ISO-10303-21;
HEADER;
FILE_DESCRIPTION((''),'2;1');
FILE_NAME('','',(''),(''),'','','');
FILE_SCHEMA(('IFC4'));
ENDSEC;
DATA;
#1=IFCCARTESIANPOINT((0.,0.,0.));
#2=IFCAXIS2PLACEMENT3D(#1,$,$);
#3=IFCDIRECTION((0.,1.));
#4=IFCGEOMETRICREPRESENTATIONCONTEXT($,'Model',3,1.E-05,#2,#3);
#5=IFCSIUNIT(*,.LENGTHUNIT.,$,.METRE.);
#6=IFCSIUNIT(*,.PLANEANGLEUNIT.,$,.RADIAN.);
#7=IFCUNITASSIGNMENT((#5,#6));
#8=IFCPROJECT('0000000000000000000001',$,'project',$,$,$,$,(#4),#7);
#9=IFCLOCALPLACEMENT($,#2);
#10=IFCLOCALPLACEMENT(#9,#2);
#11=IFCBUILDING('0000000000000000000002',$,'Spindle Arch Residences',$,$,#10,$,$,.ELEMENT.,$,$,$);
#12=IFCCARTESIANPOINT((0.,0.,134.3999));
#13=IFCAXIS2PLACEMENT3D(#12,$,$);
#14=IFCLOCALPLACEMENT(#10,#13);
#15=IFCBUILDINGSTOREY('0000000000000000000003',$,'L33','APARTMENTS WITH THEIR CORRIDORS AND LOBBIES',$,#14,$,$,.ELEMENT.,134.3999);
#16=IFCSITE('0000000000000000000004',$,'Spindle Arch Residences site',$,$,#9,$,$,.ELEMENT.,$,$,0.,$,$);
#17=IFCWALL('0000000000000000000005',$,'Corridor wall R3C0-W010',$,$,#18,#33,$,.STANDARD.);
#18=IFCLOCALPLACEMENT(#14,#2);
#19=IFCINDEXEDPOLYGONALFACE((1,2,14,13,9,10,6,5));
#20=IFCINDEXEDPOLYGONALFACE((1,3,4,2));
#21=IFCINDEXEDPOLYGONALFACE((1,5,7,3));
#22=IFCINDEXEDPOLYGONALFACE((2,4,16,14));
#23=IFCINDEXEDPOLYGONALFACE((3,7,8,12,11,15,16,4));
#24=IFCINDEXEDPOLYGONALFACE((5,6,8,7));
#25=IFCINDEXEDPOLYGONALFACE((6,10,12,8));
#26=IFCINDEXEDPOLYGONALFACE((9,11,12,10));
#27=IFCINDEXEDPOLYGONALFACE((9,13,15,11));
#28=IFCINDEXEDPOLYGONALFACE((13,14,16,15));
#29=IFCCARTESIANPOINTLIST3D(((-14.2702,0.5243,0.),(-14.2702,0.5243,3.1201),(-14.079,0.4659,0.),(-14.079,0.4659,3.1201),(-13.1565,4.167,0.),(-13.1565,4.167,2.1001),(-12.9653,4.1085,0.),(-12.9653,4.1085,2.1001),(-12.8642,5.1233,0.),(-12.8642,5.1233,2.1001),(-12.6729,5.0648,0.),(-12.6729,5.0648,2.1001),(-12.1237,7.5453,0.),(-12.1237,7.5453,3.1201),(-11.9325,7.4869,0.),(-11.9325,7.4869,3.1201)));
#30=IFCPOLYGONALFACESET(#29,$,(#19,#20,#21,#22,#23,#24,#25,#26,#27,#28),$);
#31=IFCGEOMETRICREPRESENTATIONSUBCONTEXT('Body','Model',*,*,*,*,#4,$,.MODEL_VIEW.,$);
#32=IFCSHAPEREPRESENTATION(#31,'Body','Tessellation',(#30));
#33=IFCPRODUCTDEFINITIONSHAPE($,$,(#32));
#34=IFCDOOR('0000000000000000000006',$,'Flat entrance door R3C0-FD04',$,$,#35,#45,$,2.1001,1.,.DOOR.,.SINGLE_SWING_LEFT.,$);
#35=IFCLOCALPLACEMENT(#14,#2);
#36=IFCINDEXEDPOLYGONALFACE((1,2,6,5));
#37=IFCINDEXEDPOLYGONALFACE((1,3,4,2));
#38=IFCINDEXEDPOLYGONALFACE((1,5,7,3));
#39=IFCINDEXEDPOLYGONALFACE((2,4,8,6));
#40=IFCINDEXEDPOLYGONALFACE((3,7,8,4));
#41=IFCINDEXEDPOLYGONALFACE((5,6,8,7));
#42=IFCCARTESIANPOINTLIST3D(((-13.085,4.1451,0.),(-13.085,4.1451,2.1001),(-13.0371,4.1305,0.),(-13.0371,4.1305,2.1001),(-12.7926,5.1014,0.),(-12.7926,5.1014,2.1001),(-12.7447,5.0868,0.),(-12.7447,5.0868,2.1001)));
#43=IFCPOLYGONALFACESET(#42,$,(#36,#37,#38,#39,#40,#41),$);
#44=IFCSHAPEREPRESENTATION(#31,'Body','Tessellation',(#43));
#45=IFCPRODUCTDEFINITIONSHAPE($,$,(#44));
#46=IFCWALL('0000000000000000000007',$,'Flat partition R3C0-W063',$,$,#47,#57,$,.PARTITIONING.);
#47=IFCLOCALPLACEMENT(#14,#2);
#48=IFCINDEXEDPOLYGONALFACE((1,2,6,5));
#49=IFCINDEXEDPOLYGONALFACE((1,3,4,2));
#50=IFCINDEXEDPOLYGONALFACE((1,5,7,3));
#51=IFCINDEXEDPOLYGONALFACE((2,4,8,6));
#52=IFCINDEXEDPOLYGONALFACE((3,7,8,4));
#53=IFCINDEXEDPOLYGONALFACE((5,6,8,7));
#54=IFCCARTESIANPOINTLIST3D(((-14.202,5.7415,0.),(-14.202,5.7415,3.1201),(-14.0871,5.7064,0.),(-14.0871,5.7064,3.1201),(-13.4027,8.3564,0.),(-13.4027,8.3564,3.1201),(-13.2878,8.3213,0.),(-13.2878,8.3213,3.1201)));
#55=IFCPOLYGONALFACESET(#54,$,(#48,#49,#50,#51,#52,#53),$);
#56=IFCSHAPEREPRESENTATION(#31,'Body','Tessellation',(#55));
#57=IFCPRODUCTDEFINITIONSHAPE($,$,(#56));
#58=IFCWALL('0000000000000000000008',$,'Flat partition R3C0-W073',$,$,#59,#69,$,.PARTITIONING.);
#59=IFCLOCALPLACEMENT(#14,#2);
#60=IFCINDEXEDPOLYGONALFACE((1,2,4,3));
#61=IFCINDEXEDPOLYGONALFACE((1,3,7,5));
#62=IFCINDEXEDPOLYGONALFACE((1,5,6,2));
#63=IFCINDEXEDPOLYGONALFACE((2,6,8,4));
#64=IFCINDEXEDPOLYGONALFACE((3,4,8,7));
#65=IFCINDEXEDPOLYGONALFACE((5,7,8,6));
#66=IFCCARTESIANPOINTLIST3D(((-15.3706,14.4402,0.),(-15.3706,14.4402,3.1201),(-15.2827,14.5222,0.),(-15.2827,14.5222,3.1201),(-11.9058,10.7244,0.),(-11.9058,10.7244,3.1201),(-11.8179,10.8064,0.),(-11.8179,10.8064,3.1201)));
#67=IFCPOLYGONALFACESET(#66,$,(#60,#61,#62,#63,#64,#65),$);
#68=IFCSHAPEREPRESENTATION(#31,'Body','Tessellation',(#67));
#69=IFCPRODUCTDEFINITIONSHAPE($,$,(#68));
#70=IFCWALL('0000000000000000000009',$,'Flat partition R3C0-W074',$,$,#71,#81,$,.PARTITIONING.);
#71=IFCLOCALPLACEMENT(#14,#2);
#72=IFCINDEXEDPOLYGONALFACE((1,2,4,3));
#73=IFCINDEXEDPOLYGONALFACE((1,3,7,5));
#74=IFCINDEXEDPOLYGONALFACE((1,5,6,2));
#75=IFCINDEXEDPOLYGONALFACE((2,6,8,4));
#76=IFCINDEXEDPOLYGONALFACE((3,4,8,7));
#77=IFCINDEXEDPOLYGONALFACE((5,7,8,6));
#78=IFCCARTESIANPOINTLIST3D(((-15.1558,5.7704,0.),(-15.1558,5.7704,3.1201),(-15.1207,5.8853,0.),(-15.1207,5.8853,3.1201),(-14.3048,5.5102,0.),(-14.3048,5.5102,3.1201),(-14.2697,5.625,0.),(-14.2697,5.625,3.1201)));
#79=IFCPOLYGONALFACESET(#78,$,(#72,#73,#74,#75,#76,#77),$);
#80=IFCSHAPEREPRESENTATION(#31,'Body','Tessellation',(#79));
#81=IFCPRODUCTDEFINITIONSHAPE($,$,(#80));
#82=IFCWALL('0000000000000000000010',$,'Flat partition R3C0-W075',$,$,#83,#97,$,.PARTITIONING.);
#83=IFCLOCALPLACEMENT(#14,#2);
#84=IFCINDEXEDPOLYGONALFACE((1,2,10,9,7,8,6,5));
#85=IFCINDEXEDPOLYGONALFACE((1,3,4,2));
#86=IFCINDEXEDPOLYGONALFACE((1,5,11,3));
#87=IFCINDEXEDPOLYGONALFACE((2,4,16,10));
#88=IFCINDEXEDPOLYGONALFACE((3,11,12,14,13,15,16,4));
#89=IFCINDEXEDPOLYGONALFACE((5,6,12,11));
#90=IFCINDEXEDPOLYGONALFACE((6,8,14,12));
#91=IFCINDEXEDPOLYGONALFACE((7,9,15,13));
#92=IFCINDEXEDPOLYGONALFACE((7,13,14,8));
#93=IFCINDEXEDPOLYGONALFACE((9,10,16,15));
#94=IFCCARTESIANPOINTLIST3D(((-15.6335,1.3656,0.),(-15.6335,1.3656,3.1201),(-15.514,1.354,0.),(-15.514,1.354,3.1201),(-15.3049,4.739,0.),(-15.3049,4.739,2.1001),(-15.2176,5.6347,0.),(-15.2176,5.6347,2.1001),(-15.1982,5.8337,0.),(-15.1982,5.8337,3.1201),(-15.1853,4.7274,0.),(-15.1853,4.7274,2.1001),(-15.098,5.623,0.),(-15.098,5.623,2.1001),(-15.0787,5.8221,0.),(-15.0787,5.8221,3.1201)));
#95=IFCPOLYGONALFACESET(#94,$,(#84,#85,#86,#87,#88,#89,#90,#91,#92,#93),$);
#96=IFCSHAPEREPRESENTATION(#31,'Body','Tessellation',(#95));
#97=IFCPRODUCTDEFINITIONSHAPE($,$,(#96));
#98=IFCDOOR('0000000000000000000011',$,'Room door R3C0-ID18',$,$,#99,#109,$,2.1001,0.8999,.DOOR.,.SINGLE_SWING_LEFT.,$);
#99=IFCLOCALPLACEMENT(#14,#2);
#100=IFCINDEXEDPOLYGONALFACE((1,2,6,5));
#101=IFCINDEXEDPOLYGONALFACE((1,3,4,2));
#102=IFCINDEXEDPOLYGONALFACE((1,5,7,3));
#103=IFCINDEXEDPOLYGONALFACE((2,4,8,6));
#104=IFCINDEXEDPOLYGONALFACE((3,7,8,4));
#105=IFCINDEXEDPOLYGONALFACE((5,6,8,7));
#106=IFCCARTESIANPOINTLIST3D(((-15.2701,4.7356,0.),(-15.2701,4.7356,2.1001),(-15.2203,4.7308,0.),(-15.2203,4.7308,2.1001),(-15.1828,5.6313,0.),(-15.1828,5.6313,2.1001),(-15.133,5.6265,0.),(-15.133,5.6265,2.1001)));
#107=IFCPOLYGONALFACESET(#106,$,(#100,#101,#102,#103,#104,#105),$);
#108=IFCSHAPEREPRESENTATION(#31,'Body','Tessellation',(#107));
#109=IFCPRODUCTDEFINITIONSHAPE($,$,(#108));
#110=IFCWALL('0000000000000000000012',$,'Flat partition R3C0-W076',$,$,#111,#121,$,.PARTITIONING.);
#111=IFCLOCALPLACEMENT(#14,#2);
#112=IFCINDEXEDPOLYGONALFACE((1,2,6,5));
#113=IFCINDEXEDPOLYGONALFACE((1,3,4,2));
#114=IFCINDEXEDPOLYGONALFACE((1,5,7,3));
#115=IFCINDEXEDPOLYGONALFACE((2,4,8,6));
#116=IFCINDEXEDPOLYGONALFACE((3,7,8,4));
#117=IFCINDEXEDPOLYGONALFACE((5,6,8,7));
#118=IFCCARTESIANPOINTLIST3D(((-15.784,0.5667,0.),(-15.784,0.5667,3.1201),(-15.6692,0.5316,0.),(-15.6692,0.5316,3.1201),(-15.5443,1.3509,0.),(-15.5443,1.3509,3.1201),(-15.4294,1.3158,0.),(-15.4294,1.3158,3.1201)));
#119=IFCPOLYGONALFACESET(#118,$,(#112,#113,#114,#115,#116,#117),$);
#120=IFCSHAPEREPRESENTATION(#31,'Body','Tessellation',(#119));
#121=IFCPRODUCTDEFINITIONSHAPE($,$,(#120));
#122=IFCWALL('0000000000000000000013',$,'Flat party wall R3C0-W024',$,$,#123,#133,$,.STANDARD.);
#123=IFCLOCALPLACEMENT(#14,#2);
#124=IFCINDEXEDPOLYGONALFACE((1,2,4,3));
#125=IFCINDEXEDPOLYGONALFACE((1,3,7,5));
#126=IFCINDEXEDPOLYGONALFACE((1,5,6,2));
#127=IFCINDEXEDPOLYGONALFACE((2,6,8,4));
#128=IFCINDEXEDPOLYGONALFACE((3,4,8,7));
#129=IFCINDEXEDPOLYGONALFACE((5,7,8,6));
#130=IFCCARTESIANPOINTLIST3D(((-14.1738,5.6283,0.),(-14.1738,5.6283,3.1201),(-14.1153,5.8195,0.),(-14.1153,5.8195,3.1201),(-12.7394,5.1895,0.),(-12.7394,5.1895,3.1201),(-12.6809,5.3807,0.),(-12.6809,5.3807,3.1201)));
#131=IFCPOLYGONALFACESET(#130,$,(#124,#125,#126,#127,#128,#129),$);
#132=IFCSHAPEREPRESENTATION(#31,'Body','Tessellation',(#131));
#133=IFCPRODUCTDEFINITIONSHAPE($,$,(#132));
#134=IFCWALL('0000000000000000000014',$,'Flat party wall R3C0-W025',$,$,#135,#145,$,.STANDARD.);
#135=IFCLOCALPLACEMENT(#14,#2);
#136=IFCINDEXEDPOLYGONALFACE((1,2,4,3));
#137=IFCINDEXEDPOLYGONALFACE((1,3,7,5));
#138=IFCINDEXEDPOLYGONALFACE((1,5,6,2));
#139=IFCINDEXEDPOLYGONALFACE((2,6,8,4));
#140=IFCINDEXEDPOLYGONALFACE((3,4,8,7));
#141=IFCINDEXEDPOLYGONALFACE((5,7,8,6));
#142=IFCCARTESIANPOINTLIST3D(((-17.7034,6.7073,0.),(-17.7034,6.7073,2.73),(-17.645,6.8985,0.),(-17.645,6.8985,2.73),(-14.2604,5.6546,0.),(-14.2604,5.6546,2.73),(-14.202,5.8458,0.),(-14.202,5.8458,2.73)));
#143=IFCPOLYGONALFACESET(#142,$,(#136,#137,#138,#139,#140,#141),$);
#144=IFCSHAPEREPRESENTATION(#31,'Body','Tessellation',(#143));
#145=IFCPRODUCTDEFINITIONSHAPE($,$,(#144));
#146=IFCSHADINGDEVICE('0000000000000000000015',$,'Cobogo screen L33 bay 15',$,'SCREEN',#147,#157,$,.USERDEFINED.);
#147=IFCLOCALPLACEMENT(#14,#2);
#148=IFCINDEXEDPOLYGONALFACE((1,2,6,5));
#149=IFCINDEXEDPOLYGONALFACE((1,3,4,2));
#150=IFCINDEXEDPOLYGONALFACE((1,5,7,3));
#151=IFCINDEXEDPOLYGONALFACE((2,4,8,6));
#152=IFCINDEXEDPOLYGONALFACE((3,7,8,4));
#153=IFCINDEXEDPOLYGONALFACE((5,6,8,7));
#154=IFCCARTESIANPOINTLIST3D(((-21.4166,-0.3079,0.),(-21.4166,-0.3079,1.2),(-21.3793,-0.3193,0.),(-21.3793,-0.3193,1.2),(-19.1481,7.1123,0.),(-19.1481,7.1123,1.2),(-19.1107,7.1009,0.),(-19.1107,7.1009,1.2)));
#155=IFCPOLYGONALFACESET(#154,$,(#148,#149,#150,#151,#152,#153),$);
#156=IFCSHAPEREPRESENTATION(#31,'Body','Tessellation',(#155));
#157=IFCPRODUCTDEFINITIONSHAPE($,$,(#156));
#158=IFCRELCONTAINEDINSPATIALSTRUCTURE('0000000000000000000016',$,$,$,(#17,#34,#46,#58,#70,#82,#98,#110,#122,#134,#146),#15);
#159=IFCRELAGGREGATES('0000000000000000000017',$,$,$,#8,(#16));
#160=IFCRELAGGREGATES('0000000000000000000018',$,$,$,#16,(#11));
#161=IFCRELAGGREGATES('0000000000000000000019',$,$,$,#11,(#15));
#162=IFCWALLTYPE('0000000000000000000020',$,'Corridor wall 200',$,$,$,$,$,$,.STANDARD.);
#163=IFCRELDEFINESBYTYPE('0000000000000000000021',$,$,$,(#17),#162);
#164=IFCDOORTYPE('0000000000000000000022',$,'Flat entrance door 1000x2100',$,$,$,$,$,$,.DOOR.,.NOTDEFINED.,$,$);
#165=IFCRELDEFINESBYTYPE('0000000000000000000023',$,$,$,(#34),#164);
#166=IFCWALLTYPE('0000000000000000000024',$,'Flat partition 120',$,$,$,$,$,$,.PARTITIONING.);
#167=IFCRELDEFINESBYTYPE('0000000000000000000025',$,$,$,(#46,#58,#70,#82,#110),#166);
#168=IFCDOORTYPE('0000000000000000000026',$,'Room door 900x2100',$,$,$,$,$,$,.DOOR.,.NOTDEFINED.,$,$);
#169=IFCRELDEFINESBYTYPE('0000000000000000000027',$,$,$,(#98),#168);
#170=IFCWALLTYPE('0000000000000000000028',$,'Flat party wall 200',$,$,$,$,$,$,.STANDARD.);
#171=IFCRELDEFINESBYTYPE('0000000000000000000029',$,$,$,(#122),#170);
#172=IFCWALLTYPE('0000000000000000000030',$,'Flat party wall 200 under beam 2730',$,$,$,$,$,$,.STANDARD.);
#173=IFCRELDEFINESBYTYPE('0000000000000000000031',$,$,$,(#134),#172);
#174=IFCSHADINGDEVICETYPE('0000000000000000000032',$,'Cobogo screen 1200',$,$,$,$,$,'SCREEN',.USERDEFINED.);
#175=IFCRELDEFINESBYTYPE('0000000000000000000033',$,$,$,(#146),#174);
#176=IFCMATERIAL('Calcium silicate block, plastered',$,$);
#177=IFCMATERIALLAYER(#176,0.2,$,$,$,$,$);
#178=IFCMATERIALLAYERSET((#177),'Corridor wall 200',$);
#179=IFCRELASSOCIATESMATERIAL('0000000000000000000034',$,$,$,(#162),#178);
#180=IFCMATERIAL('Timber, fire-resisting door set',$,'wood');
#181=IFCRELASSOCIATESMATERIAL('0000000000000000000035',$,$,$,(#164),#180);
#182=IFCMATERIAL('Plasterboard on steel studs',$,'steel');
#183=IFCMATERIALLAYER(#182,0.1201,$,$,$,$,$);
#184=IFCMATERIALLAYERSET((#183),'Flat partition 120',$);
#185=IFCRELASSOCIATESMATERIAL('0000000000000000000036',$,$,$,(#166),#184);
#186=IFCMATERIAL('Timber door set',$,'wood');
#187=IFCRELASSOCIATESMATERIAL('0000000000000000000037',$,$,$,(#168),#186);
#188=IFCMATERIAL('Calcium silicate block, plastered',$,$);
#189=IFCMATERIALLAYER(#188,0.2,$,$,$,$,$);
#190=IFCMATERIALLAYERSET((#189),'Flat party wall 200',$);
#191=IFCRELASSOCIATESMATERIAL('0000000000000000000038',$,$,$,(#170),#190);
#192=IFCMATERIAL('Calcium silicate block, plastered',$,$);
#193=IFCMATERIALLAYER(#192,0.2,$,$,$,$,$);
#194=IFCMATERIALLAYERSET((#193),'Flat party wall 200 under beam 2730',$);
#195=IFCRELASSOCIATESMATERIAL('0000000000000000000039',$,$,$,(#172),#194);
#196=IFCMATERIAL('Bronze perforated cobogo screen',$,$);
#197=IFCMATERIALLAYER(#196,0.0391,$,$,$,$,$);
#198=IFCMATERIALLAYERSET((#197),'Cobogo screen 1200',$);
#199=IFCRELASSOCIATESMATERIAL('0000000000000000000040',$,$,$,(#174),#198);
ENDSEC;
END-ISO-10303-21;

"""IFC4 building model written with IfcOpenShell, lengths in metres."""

from ifc_helpers import new_model, si_unit, direction, frame, frame_2d, origin, origin_2d, place, context, subcontext, project, spatial, rectangle, extrude, material, layer, layer_set, type_object, element, fill, save


model = new_model("IFC4")

# Units and contexts
model_context = context("Model", 3, precision=1e-05, world=origin(), true_north=direction((0.0, 1.0)))
body_context = subcontext(model_context, "Body", "Model", "MODEL_VIEW")
ifc_project = project(units=[si_unit("LENGTHUNIT", "METRE"), si_unit("PLANEANGLEUNIT", "RADIAN")], contexts=[model_context])

# Site, building, storey
site_placement = place(None, origin())
site = spatial("IfcSite", under=ifc_project, at=site_placement, Name="Spindle Arch Residences site", CompositionType="ELEMENT", RefElevation=0.0)
building_placement = place(site_placement, origin())
building = spatial("IfcBuilding", under=site, at=building_placement, Name="Spindle Arch Residences", CompositionType="ELEMENT")
storey_placement = place(building_placement, frame((0.0, 0.0, 134.3999)))
storey = spatial("IfcBuildingStorey", under=building, at=storey_placement, Name="L33", Description="APARTMENTS WITH THEIR CORRIDORS AND LOBBIES", CompositionType="ELEMENT", Elevation=134.3999)

# Wall, opening, door
ifc_material_1 = material(Name="Calcium silicate block, plastered")
ifc_layer_1 = layer(ifc_material_1, 0.2)
ifc_layer_set_1 = layer_set([ifc_layer_1], Name="Corridor wall 200")
wall_type_1 = type_object("IfcWallType", Name="Corridor wall 200", PredefinedType="STANDARD", material=ifc_layer_set_1)
wall_1_placement = place(storey_placement, frame((-12.0281, 7.5161, 0.0), z_axis=(0.0, 0.0, 1.0), x_axis=(-0.292366, -0.956307, 0.0)))
wall_1 = element("IfcWall", 1, at=wall_1_placement, inside=storey, type_object=wall_type_1, Name="Corridor wall R3C0-W010", PredefinedType="STANDARD", context=body_context, shape_type="SweptSolid", body=[
    extrude(rectangle(XDim=7.3418, YDim=0.2, at=frame_2d((3.6709, 0.0))), origin(), (0.0, 0.0, 1.0), 3.1201),
])
opening_1_placement = place(wall_1_placement, frame((2.5327, 0.0, 0.0)))
opening_1 = element("IfcOpeningElement", 2, at=opening_1_placement, cuts=wall_1, PredefinedType="OPENING", context=body_context, shape_type="SweptSolid", body=[
    extrude(rectangle(XDim=1.0, YDim=2.1001, at=frame_2d((0.5, 1.05))), frame((0.0, 0.1099, 0.0), z_axis=(0.0, -1.0, 0.0), x_axis=(1.0, 0.0, 0.0)), (0.0, 0.0, 1.0), 0.22),
])
ifc_material_2 = material(Name="Timber, fire-resisting door set", Category="wood")
door_type_1 = type_object("IfcDoorType", Name="Flat entrance door 1000x2100", OperationType="NOTDEFINED", PredefinedType="DOOR", material=ifc_material_2)
door_1_placement = place(opening_1_placement, origin())
door_1 = element("IfcDoor", 3, at=door_1_placement, inside=storey, type_object=door_type_1, Name="Flat entrance door R3C0-FD04", OperationType="SINGLE_SWING_LEFT", OverallHeight=2.1001, OverallWidth=1.0, PredefinedType="DOOR", context=body_context, shape_type="SweptSolid", body=[
    extrude(rectangle(XDim=1.0, YDim=2.1001, at=frame_2d((0.5, 1.05))), frame((0.0, 0.0249, 0.0), z_axis=(0.0, -1.0, 0.0), x_axis=(1.0, 0.0, 0.0)), (0.0, 0.0, 1.0), 0.05),
])
fill(opening_1, door_1)

# Walls
ifc_material_3 = material(Name="Plasterboard on steel studs", Category="steel")
ifc_layer_2 = layer(ifc_material_3, 0.1201)
ifc_layer_set_2 = layer_set([ifc_layer_2], Name="Flat partition 120")
wall_type_2 = type_object("IfcWallType", Name="Flat partition 120", PredefinedType="PARTITIONING", material=ifc_layer_set_2)
wall_2_placement = place(storey_placement, frame((-13.3452, 8.3389, 0.0), z_axis=(0.0, 0.0, 1.0), x_axis=(-0.292316, -0.956322, 0.0)))
element("IfcWall", 4, at=wall_2_placement, inside=storey, type_object=wall_type_2, Name="Flat partition R3C0-W063", PredefinedType="PARTITIONING", context=body_context, shape_type="SweptSolid", body=[
    extrude(rectangle(XDim=2.7344, YDim=0.1201, at=frame_2d((1.3672, 0.0))), origin(), (0.0, 0.0, 1.0), 3.1201),
])
wall_3_placement = place(storey_placement, frame((-15.3267, 14.4812, 0.0), z_axis=(0.0, 0.0, 1.0), x_axis=(0.681976, -0.731375, 0.0)))
element("IfcWall", 5, at=wall_3_placement, inside=storey, type_object=wall_type_2, Name="Flat partition R3C0-W073", PredefinedType="PARTITIONING", context=body_context, shape_type="SweptSolid", body=[
    extrude(rectangle(XDim=5.0806, YDim=0.1201, at=frame_2d((2.5403, 0.0))), origin(), (0.0, 0.0, 1.0), 3.1201),
])
wall_4_placement = place(storey_placement, frame((-14.2874, 5.5676, 0.0), z_axis=(0.0, 0.0, 1.0), x_axis=(-0.956288, 0.292428, 0.0)))
element("IfcWall", 6, at=wall_4_placement, inside=storey, type_object=wall_type_2, Name="Flat partition R3C0-W074", PredefinedType="PARTITIONING", context=body_context, shape_type="SweptSolid", body=[
    extrude(rectangle(XDim=0.8899, YDim=0.1201, at=frame_2d((0.4448, 0.0))), origin(), (0.0, 0.0, 1.0), 3.1201),
])

# Wall, opening, door
wall_5_placement = place(storey_placement, frame((-15.1384, 5.8279, 0.0), z_axis=(0.0, 0.0, 1.0), x_axis=(-0.096967, -0.995288, 0.0)))
wall_5 = element("IfcWall", 7, at=wall_5_placement, inside=storey, type_object=wall_type_2, Name="Flat partition R3C0-W075", PredefinedType="PARTITIONING", context=body_context, shape_type="SweptSolid", body=[
    extrude(rectangle(XDim=4.4893, YDim=0.1201, at=frame_2d((2.2446, 0.0))), origin(), (0.0, 0.0, 1.0), 3.1201),
])
opening_2_placement = place(wall_5_placement, frame((0.2, 0.0, 0.0)))
opening_2 = element("IfcOpeningElement", 8, at=opening_2_placement, cuts=wall_5, PredefinedType="OPENING", context=body_context, shape_type="SweptSolid", body=[
    extrude(rectangle(XDim=0.8999, YDim=2.1001, at=frame_2d((0.45, 1.05))), frame((0.0, 0.0701, 0.0), z_axis=(0.0, -1.0, 0.0), x_axis=(1.0, 0.0, 0.0)), (0.0, 0.0, 1.0), 0.1401),
])
ifc_material_4 = material(Name="Timber door set", Category="wood")
door_type_2 = type_object("IfcDoorType", Name="Room door 900x2100", OperationType="NOTDEFINED", PredefinedType="DOOR", material=ifc_material_4)
door_2_placement = place(opening_2_placement, origin())
door_2 = element("IfcDoor", 9, at=door_2_placement, inside=storey, type_object=door_type_2, Name="Room door R3C0-ID18", OperationType="SINGLE_SWING_LEFT", OverallHeight=2.1001, OverallWidth=0.8999, PredefinedType="DOOR", context=body_context, shape_type="SweptSolid", body=[
    extrude(rectangle(XDim=0.8999, YDim=2.1001, at=frame_2d((0.45, 1.05))), frame((0.0, 0.0249, 0.0), z_axis=(0.0, -1.0, 0.0), x_axis=(1.0, 0.0, 0.0)), (0.0, 0.0, 1.0), 0.05),
])
fill(opening_2, door_2)

# Walls
wall_6_placement = place(storey_placement, frame((-15.4868, 1.3335, 0.0), z_axis=(0.0, 0.0, 1.0), x_axis=(-0.29237, -0.956305, 0.0)))
element("IfcWall", 10, at=wall_6_placement, inside=storey, type_object=wall_type_2, Name="Flat partition R3C0-W076", PredefinedType="PARTITIONING", context=body_context, shape_type="SweptSolid", body=[
    extrude(rectangle(XDim=0.8201, YDim=0.1201, at=frame_2d((0.4102, 0.0))), origin(), (0.0, 0.0, 1.0), 3.1201),
])
ifc_material_5 = material(Name="Calcium silicate block, plastered")
ifc_layer_3 = layer(ifc_material_5, 0.2)
ifc_layer_set_3 = layer_set([ifc_layer_3], Name="Flat party wall 200")
wall_type_3 = type_object("IfcWallType", Name="Flat party wall 200", PredefinedType="STANDARD", material=ifc_layer_set_3)
wall_7_placement = place(storey_placement, frame((-14.1445, 5.7239, 0.0), z_axis=(0.0, 0.0, 1.0), x_axis=(0.956267, -0.292496, 0.0)))
element("IfcWall", 11, at=wall_7_placement, inside=storey, type_object=wall_type_3, Name="Flat party wall R3C0-W024", PredefinedType="STANDARD", context=body_context, shape_type="SweptSolid", body=[
    extrude(rectangle(XDim=1.5, YDim=0.2, at=frame_2d((0.75, 0.0))), origin(), (0.0, 0.0, 1.0), 3.1201),
])
ifc_material_6 = material(Name="Calcium silicate block, plastered")
ifc_layer_4 = layer(ifc_material_6, 0.2)
ifc_layer_set_4 = layer_set([ifc_layer_4], Name="Flat party wall 200 under beam 2730")
wall_type_4 = type_object("IfcWallType", Name="Flat party wall 200 under beam 2730", PredefinedType="STANDARD", material=ifc_layer_set_4)
wall_8_placement = place(storey_placement, frame((-17.6743, 6.803, 0.0), z_axis=(0.0, 0.0, 1.0), x_axis=(0.956294, -0.292408, 0.0)))
element("IfcWall", 12, at=wall_8_placement, inside=storey, type_object=wall_type_4, Name="Flat party wall R3C0-W025", PredefinedType="STANDARD", context=body_context, shape_type="SweptSolid", body=[
    extrude(rectangle(XDim=3.6003, YDim=0.2, at=frame_2d((1.8003, 0.0))), origin(), (0.0, 0.0, 1.0), 2.73),
])

# Shading device
ifc_material_7 = material(Name="Bronze perforated cobogo screen")
ifc_layer_5 = layer(ifc_material_7, 0.0391)
ifc_layer_set_5 = layer_set([ifc_layer_5], Name="Cobogo screen 1200")
shading_device_type = type_object("IfcShadingDeviceType", Name="Cobogo screen 1200", ElementType="SCREEN", PredefinedType="USERDEFINED", material=ifc_layer_set_5)
shading_device_placement = place(storey_placement, frame((-20.2637, 3.3965, 0.0), z_axis=(0.0, 0.0, 1.0), x_axis=(-0.292372, -0.956305, 0.0)))
element("IfcShadingDevice", 13, at=shading_device_placement, inside=storey, type_object=shading_device_type, Name="Cobogo screen L33 bay 15", ObjectType="SCREEN", PredefinedType="USERDEFINED", context=body_context, shape_type="SweptSolid", body=[
    extrude(rectangle(XDim=7.7593, YDim=0.0391, at=origin_2d()), origin(), (0.0, 0.0, 1.0), 1.2),
])

save(model, "model.ifc")
